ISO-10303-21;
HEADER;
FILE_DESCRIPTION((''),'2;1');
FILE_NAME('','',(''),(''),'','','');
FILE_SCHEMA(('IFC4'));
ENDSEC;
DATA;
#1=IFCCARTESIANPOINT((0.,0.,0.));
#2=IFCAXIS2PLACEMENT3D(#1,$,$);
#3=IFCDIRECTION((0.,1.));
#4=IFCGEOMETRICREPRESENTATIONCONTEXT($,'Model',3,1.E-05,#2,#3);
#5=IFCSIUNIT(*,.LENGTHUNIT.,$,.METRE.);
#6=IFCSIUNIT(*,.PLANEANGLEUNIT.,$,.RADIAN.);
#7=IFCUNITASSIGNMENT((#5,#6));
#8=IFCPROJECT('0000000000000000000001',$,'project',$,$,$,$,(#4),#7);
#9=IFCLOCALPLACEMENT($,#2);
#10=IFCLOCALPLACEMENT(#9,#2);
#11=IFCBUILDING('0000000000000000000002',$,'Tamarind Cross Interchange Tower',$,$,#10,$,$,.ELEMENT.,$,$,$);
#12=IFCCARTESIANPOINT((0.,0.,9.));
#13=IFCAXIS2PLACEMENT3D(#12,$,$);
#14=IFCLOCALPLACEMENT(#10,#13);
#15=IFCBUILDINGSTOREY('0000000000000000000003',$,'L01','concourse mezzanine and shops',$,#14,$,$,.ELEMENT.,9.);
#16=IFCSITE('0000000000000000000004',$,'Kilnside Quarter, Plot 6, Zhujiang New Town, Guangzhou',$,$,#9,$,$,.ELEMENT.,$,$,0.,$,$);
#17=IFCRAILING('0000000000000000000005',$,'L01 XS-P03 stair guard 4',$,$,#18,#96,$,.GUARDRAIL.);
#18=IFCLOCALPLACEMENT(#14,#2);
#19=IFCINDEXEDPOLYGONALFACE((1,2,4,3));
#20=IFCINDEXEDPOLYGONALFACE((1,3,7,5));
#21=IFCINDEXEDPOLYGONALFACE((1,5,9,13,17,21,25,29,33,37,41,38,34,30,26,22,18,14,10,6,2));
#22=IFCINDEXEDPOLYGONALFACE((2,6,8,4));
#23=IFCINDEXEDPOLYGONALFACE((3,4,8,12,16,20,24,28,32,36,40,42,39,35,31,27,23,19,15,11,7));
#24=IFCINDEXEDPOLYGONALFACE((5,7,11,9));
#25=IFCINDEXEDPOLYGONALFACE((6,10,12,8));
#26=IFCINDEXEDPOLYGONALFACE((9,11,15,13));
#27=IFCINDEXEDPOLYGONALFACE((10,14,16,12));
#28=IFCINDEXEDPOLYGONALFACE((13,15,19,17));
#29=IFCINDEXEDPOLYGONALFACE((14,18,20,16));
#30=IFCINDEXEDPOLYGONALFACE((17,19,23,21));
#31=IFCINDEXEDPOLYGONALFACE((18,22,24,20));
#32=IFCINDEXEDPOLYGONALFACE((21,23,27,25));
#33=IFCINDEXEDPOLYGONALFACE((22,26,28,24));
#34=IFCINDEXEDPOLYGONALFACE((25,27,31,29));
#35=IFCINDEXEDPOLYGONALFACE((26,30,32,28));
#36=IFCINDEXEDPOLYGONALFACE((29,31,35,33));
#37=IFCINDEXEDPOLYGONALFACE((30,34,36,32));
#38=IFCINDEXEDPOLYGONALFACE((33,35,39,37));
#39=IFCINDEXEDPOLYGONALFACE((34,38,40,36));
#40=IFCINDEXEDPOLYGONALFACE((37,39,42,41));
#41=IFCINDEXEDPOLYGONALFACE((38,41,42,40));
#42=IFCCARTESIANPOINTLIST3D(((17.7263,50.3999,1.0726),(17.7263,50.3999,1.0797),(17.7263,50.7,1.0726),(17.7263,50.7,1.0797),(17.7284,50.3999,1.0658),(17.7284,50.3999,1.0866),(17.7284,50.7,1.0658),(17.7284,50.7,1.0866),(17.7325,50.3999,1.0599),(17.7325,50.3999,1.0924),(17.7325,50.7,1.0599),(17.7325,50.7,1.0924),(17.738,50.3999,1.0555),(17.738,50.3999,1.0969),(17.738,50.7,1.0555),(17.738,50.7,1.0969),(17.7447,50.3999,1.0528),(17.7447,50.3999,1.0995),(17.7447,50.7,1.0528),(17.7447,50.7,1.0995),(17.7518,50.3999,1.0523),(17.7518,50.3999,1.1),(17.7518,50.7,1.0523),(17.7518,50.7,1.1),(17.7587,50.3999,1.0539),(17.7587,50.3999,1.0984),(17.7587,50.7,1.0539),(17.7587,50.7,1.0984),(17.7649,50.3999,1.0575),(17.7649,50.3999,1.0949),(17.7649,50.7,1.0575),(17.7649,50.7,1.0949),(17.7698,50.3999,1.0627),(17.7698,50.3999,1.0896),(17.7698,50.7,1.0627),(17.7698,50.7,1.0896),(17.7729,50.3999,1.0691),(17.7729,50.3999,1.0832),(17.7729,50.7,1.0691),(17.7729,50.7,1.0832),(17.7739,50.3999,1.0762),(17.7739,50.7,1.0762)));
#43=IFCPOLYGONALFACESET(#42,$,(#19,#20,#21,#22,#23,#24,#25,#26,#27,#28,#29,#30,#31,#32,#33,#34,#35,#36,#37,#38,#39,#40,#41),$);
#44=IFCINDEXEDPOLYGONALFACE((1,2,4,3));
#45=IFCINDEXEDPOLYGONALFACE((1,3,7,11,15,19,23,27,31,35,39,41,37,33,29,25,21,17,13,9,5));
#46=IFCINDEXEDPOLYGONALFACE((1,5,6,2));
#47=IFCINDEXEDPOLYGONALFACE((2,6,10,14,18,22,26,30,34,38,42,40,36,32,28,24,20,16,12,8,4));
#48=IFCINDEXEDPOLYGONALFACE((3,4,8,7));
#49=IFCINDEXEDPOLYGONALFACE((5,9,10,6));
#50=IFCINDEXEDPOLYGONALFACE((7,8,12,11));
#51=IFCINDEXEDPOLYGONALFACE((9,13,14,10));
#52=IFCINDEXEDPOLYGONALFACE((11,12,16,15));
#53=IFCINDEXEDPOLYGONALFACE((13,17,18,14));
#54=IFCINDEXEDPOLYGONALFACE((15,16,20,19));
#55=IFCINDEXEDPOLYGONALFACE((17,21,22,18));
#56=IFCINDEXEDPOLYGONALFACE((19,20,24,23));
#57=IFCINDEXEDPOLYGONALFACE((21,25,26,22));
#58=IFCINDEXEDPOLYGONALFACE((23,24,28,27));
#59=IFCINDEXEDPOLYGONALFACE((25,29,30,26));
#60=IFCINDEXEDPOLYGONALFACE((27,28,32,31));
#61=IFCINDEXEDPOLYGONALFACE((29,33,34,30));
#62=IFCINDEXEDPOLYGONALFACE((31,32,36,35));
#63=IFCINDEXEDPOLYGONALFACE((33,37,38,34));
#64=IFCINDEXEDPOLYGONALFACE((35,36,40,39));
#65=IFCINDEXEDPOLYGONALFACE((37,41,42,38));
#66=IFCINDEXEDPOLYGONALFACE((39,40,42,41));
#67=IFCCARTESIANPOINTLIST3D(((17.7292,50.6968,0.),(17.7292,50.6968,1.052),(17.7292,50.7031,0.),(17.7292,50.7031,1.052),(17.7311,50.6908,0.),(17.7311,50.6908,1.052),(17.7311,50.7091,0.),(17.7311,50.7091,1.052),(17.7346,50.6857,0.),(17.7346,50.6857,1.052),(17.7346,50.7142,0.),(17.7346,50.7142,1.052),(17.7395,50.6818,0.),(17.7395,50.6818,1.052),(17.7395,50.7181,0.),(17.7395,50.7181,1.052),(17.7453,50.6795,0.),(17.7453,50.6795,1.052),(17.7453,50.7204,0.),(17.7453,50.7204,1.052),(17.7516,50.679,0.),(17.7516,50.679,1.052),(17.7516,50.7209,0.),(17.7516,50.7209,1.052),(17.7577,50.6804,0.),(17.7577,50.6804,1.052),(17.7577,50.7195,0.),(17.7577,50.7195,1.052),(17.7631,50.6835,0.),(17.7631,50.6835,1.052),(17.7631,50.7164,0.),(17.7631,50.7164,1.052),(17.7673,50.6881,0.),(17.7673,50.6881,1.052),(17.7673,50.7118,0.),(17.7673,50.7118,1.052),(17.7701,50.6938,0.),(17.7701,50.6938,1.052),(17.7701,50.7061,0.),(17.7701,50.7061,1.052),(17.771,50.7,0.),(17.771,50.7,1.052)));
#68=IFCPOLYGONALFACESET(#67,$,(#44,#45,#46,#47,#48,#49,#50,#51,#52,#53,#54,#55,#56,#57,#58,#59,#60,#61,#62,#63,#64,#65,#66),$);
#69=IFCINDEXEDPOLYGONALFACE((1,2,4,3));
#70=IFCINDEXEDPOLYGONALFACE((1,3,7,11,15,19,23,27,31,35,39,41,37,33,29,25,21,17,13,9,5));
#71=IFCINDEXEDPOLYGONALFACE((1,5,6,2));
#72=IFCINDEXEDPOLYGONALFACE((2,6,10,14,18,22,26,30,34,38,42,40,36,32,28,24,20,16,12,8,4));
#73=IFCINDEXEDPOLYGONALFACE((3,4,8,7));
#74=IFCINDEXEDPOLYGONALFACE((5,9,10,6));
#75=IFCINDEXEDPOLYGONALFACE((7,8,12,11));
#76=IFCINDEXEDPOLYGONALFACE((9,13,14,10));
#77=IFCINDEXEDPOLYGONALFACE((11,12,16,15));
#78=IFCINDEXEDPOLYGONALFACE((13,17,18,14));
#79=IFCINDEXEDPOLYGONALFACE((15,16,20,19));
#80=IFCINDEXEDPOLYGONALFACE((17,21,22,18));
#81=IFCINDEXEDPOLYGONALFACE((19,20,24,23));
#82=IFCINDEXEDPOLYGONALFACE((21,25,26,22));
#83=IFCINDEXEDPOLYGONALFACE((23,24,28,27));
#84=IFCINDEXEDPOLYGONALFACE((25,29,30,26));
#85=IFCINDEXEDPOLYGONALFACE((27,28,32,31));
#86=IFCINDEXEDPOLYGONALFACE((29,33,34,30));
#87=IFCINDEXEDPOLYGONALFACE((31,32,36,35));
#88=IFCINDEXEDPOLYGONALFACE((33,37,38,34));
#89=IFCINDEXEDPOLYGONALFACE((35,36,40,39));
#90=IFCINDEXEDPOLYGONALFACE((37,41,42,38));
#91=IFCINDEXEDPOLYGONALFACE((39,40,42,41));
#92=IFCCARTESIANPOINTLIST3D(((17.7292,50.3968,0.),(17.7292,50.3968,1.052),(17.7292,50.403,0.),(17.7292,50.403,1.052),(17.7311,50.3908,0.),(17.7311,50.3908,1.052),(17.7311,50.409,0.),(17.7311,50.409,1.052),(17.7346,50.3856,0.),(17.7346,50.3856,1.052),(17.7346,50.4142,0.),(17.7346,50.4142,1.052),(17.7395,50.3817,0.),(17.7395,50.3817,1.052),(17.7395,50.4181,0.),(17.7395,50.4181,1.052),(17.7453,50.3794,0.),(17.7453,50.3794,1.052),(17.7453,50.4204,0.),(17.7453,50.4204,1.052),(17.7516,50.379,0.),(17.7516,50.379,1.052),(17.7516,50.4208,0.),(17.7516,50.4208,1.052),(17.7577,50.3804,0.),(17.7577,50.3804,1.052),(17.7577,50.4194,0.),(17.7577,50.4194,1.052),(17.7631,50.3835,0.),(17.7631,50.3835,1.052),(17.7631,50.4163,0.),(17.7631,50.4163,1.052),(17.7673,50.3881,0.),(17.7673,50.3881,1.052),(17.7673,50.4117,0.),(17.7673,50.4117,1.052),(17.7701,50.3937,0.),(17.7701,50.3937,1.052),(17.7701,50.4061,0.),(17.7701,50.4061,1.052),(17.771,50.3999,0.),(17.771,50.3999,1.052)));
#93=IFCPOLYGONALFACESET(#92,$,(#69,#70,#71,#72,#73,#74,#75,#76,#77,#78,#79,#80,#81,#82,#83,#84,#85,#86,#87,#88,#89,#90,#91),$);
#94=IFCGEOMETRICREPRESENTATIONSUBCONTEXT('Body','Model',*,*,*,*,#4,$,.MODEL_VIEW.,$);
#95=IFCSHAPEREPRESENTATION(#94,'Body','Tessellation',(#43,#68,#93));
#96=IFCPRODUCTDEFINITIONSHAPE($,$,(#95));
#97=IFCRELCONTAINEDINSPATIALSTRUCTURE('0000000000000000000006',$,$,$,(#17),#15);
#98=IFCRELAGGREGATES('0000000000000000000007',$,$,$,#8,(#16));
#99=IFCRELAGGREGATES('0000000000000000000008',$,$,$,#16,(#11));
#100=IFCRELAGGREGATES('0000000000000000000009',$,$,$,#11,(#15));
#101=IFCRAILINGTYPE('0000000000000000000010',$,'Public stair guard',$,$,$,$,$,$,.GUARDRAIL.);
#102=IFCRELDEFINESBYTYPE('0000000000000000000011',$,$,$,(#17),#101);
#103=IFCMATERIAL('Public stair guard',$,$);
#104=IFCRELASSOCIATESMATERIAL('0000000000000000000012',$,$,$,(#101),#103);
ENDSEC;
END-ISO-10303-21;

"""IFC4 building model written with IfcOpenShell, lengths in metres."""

from ifc_helpers import new_model, si_unit, direction, frame, origin, origin_2d, place, context, subcontext, project, spatial, circle, extrude, material, type_object, element, save


model = new_model("IFC4")

# Units and contexts
model_context = context("Model", 3, precision=1e-05, world=origin(), true_north=direction((0.0, 1.0)))
body_context = subcontext(model_context, "Body", "Model", "MODEL_VIEW")
ifc_project = project(units=[si_unit("LENGTHUNIT", "METRE"), si_unit("PLANEANGLEUNIT", "RADIAN")], contexts=[model_context])

# Site, building, storey
site_placement = place(None, origin())
site = spatial("IfcSite", under=ifc_project, at=site_placement, Name="Kilnside Quarter, Plot 6, Zhujiang New Town, Guangzhou", CompositionType="ELEMENT", RefElevation=0.0)
building_placement = place(site_placement, origin())
building = spatial("IfcBuilding", under=site, at=building_placement, Name="Tamarind Cross Interchange Tower", CompositionType="ELEMENT")
storey_placement = place(building_placement, frame((0.0, 0.0, 9.0)))
storey = spatial("IfcBuildingStorey", under=building, at=storey_placement, Name="L01", Description="concourse mezzanine and shops", CompositionType="ELEMENT", Elevation=9.0)

# Railing
ifc_material_1 = material(Name="Public stair guard")
railing_type_1 = type_object("IfcRailingType", Name="Public stair guard", PredefinedType="GUARDRAIL", material=ifc_material_1)
railing_1_placement = place(storey_placement, frame((17.75, 50.7, 0.0)))
element("IfcRailing", 1, at=railing_1_placement, inside=storey, type_object=railing_type_1, Name="L01 XS-P03 stair guard 4", PredefinedType="GUARDRAIL", context=body_context, shape_type="SweptSolid", body=[
    extrude(circle(Radius=0.0239, at=origin_2d()), frame((0.0, 0.0, 1.0762), z_axis=(0.0, -1.0, 0.0), x_axis=(1.0, 0.0, 0.0)), (0.0, 0.0, 1.0), 0.3),
    extrude(circle(Radius=0.021, at=origin_2d()), origin(), (0.0, 0.0, 1.0), 1.052),
    extrude(circle(Radius=0.021, at=origin_2d()), frame((0.0, -0.3, 0.0)), (0.0, 0.0, 1.0), 1.052),
])

save(model, "model.ifc")
